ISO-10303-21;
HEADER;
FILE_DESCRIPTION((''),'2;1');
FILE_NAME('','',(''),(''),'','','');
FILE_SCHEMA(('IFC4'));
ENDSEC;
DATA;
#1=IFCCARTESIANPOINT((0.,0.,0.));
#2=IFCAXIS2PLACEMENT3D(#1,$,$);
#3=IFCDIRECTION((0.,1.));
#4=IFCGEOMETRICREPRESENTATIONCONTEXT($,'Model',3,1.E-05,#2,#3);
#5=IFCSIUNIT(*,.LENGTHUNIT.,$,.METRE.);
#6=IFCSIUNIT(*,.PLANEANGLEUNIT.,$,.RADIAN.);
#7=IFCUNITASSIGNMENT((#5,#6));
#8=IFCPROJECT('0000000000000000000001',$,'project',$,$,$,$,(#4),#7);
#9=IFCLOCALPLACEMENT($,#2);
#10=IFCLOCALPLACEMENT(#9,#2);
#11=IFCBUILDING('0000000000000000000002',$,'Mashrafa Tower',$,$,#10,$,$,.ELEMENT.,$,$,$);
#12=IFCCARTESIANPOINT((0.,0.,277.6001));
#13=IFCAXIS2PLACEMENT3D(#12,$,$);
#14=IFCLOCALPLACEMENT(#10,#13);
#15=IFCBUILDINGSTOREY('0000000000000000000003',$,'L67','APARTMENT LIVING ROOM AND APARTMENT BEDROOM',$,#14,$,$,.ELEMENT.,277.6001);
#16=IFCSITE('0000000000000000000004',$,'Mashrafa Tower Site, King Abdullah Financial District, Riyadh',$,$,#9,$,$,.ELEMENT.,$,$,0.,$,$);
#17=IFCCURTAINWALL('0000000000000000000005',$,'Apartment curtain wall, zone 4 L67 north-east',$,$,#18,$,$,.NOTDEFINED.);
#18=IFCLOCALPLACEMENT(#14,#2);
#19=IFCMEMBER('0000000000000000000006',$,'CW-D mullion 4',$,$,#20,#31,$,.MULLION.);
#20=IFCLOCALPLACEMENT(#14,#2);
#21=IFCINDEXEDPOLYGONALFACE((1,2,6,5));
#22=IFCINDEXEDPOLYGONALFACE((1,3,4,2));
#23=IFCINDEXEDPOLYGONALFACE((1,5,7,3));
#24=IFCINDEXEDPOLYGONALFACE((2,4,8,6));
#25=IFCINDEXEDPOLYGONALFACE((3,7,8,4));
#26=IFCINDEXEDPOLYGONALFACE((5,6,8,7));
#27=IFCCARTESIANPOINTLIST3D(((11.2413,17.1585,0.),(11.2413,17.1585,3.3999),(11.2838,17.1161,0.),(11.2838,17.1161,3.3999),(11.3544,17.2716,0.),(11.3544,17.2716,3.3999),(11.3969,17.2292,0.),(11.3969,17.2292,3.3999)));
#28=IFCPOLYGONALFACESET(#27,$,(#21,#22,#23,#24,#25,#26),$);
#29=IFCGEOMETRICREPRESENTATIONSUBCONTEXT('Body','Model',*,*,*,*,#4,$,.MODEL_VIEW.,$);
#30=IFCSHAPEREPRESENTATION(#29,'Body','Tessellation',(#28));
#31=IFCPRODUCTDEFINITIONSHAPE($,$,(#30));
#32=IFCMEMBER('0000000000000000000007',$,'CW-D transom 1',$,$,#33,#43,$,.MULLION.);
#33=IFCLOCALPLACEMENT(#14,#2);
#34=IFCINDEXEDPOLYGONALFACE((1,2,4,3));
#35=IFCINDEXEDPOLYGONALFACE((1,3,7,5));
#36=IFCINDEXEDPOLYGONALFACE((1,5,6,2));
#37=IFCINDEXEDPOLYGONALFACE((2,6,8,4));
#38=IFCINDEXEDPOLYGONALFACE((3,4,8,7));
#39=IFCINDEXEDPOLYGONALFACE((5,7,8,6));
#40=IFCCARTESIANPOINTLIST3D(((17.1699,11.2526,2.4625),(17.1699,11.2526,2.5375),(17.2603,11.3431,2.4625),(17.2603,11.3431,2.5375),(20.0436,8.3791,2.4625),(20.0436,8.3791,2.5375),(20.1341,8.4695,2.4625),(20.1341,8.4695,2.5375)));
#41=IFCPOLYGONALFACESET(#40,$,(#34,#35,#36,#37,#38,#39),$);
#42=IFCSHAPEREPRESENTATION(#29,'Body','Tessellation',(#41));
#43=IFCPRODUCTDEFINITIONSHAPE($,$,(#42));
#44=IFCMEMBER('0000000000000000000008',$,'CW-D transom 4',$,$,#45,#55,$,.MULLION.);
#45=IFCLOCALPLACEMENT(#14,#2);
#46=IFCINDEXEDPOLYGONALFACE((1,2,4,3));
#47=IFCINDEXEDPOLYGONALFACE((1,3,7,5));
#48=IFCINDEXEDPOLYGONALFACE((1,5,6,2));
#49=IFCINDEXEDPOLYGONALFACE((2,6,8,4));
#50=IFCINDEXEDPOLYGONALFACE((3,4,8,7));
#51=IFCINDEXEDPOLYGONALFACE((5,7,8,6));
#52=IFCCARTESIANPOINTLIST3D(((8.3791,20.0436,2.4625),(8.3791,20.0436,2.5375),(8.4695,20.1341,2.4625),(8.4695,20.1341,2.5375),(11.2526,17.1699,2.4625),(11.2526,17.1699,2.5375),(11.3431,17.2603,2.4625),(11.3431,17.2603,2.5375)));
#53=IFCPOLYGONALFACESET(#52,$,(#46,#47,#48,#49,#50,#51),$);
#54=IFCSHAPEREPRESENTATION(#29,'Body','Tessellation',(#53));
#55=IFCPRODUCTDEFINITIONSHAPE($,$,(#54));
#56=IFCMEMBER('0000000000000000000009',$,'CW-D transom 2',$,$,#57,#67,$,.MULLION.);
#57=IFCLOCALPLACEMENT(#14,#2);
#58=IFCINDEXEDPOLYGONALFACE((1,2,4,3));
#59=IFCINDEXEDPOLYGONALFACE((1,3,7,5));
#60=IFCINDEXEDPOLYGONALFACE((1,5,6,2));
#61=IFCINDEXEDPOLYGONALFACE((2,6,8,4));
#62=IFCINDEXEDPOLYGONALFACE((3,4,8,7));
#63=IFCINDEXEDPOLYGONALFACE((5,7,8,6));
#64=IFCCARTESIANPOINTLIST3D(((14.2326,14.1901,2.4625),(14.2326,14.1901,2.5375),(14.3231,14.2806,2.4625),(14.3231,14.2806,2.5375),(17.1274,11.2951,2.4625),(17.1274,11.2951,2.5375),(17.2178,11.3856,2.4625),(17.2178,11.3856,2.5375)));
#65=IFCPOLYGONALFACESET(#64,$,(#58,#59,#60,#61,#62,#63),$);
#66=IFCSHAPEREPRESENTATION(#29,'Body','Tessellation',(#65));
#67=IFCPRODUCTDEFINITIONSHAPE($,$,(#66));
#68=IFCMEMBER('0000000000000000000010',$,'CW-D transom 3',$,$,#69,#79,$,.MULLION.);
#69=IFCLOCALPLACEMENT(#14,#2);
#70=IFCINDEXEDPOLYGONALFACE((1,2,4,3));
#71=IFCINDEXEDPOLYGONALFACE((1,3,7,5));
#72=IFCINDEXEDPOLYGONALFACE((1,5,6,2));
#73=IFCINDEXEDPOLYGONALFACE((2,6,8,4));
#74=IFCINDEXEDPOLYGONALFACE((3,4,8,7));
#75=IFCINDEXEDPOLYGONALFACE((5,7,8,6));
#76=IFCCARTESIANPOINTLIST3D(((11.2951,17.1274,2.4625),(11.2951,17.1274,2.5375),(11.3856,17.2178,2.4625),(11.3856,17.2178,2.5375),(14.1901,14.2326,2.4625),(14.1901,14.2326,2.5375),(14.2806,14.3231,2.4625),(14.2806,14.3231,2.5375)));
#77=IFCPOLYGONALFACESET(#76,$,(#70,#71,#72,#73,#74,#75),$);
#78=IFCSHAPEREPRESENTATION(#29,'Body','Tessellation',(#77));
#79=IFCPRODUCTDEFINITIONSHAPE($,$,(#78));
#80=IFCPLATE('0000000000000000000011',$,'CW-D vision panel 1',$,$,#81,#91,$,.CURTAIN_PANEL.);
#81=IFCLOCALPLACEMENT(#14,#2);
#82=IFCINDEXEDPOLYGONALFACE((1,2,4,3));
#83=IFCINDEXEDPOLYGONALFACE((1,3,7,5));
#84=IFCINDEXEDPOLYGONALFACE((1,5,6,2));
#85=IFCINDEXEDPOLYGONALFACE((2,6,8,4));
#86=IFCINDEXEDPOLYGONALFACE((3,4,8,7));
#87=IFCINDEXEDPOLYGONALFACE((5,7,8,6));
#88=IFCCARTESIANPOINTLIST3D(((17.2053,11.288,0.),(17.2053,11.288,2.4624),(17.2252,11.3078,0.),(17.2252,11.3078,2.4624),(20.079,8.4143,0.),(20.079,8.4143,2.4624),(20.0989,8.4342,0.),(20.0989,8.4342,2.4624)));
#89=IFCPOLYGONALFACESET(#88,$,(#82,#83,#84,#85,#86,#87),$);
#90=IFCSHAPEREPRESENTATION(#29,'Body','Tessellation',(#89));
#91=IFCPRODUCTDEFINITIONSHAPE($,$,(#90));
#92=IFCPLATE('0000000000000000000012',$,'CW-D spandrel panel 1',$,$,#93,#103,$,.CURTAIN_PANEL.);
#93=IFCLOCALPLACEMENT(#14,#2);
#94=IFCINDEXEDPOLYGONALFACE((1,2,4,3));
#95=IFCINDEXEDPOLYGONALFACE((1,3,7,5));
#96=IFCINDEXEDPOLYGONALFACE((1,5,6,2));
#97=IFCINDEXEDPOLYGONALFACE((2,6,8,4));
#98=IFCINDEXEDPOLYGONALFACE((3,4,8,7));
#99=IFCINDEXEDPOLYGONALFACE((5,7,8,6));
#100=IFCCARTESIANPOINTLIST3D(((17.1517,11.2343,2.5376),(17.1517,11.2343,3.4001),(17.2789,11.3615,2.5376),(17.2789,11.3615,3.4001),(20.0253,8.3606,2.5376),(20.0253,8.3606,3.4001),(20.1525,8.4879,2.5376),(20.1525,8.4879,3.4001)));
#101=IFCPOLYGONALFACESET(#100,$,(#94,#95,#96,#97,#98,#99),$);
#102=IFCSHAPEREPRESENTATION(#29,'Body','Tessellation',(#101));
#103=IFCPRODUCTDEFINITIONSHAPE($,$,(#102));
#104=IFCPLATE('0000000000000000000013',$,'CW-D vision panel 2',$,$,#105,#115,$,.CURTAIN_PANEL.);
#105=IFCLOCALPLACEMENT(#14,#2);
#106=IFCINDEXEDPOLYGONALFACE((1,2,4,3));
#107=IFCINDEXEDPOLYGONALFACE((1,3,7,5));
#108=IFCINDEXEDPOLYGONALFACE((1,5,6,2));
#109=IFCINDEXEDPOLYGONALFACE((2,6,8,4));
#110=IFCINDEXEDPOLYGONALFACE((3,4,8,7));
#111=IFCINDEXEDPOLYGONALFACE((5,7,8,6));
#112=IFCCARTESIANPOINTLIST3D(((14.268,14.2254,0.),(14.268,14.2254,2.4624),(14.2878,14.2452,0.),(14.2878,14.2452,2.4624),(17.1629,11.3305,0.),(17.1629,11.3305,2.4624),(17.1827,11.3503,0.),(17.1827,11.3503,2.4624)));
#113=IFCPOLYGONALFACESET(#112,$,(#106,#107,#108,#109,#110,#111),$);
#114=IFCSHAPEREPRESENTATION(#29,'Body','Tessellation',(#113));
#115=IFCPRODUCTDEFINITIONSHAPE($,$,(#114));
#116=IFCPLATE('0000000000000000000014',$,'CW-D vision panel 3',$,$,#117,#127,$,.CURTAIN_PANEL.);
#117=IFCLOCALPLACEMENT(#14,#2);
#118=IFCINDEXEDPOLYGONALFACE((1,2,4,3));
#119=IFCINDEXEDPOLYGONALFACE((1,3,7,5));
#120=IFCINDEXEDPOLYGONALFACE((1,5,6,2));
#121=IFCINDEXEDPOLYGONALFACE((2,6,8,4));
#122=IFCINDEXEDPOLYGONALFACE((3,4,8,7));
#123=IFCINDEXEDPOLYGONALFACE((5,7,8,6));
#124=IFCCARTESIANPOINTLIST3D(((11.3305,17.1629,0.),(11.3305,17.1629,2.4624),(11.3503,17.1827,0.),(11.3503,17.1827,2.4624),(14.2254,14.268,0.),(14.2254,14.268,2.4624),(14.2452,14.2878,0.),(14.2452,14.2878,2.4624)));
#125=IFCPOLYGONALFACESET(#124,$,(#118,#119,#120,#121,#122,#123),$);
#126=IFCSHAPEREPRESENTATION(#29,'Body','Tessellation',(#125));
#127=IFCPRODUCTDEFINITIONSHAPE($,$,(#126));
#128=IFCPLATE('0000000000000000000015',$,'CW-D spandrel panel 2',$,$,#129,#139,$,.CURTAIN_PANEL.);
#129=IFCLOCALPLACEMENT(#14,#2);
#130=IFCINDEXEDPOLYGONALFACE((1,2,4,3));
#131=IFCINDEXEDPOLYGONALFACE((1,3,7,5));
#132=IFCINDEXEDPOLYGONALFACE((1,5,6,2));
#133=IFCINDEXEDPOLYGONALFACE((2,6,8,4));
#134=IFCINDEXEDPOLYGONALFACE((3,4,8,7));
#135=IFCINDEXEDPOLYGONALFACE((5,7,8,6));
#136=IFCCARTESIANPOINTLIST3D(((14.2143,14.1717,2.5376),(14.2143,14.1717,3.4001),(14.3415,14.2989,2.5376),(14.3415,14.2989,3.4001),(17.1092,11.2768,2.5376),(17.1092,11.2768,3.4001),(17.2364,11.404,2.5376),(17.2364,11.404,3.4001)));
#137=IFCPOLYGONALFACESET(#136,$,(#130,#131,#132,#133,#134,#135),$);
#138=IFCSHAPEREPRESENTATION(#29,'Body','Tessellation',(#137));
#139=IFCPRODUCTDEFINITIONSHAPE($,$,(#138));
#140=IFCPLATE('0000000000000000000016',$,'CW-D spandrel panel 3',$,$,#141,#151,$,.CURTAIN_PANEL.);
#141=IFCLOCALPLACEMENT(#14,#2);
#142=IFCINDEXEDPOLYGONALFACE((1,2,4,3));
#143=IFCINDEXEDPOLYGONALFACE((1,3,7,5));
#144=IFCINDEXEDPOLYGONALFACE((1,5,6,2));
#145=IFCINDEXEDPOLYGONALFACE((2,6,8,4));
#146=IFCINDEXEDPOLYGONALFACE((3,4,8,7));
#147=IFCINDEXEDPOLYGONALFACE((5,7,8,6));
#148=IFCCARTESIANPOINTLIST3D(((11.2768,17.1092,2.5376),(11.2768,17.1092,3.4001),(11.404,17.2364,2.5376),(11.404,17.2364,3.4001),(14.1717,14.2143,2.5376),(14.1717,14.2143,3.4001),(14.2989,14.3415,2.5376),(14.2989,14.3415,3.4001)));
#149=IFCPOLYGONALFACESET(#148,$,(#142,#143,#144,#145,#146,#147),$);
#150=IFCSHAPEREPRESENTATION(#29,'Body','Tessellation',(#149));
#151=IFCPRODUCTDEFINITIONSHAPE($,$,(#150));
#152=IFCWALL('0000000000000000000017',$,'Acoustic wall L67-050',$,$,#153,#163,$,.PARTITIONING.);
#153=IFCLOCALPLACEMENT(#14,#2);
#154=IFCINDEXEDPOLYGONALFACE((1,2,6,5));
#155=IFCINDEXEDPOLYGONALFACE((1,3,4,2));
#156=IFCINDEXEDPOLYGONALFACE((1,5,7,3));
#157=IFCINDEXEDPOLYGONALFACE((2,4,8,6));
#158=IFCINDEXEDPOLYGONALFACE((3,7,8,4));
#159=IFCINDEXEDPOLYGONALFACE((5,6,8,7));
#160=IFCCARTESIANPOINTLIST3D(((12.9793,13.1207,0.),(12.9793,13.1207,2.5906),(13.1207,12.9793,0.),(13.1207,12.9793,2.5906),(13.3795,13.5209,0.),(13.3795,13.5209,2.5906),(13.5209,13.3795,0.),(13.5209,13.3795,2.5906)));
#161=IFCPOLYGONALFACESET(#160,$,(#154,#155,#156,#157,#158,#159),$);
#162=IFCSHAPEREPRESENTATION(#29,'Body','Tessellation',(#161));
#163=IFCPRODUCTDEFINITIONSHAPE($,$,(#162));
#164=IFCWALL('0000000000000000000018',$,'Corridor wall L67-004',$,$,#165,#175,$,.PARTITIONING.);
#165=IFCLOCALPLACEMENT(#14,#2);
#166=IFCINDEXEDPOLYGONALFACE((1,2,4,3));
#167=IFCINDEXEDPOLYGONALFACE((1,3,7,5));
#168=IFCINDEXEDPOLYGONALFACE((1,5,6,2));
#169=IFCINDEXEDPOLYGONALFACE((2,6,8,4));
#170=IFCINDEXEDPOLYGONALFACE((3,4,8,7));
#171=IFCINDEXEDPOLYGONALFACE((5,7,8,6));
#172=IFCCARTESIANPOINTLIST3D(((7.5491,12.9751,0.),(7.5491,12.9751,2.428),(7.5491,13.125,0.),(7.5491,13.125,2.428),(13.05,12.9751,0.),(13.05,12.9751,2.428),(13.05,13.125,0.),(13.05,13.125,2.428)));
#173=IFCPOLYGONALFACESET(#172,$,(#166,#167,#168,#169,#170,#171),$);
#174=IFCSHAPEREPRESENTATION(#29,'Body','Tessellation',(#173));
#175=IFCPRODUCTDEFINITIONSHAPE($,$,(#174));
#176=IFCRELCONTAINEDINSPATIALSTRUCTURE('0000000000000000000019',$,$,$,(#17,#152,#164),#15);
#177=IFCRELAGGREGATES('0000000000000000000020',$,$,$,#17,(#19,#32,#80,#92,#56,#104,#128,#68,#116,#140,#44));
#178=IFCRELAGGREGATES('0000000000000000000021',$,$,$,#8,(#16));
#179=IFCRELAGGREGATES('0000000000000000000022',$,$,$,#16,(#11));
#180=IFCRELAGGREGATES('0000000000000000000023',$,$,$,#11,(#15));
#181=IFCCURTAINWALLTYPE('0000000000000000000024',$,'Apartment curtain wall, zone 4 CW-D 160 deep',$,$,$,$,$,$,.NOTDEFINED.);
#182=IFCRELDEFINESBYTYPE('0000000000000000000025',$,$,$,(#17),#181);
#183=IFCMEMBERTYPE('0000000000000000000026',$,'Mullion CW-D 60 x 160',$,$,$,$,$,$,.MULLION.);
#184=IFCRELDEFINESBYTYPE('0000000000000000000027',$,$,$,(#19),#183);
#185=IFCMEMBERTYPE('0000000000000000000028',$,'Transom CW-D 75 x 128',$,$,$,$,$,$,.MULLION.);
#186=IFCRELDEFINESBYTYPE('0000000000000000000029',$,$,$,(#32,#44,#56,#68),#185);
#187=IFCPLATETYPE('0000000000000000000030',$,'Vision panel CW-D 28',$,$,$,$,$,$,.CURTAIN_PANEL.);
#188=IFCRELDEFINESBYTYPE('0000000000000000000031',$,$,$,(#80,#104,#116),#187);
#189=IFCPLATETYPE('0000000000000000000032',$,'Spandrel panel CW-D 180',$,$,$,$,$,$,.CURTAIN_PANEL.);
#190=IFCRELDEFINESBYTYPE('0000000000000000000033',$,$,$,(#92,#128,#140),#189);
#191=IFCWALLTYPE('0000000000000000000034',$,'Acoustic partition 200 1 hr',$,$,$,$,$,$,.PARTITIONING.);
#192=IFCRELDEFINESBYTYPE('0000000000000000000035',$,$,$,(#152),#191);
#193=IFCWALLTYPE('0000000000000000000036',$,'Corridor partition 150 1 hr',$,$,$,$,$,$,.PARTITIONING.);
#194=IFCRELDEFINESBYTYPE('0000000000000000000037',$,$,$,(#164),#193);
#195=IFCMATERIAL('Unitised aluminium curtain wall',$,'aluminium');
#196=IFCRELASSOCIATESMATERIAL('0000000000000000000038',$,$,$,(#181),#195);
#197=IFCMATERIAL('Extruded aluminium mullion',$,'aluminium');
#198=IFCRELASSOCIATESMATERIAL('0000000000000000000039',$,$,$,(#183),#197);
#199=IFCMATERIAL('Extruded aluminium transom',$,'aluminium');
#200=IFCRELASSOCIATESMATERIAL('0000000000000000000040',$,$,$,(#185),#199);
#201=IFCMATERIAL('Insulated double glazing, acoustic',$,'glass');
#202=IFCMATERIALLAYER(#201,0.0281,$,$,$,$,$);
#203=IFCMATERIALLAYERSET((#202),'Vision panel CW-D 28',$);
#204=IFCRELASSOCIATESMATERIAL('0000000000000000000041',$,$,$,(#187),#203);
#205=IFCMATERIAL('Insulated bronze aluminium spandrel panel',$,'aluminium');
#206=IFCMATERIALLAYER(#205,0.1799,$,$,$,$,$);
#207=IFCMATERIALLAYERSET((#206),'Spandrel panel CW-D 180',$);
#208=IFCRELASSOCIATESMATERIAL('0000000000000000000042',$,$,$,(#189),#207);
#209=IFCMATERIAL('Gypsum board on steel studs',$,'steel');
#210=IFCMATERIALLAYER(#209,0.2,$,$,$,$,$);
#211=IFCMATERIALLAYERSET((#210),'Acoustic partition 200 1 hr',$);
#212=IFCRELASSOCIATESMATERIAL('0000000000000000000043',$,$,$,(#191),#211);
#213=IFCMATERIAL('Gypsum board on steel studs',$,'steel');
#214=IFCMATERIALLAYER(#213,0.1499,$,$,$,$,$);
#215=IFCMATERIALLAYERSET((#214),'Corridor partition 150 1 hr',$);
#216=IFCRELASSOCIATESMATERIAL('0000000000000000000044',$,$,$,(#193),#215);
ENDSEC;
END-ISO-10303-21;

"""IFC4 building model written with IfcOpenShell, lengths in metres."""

from ifc_helpers import new_model, si_unit, direction, frame, frame_2d, origin, origin_2d, place, context, subcontext, project, spatial, rectangle, extrude, source, transform, mapped, material, layer, layer_set, material_profile, profile_set, type_object, type_shapes, element, aggregate, save


model = new_model("IFC4")

# Units and contexts
model_context = context("Model", 3, precision=1e-05, world=origin(), true_north=direction((0.0, 1.0)))
body_context = subcontext(model_context, "Body", "Model", "MODEL_VIEW")
ifc_project = project(units=[si_unit("LENGTHUNIT", "METRE"), si_unit("PLANEANGLEUNIT", "RADIAN")], contexts=[model_context])

# Site, building, storey
site_placement = place(None, origin())
site = spatial("IfcSite", under=ifc_project, at=site_placement, Name="Mashrafa Tower Site, King Abdullah Financial District, Riyadh", CompositionType="ELEMENT", RefElevation=0.0)
building_placement = place(site_placement, origin())
building = spatial("IfcBuilding", under=site, at=building_placement, Name="Mashrafa Tower", CompositionType="ELEMENT")
storey_placement = place(building_placement, frame((0.0, 0.0, 277.6001)))
storey = spatial("IfcBuildingStorey", under=building, at=storey_placement, Name="L67", Description="APARTMENT LIVING ROOM AND APARTMENT BEDROOM", CompositionType="ELEMENT", Elevation=277.6001)

# Curtain wall, members, plates
ifc_material_1 = material(Name="Unitised aluminium curtain wall", Category="aluminium")
curtain_wall_type = type_object("IfcCurtainWallType", Name="Apartment curtain wall, zone 4 CW-D 160 deep", PredefinedType="NOTDEFINED", material=ifc_material_1)
curtain_wall_placement = place(storey_placement, origin())
curtain_wall = element("IfcCurtainWall", 1, at=curtain_wall_placement, inside=storey, type_object=curtain_wall_type, Name="Apartment curtain wall, zone 4 L67 north-east", PredefinedType="NOTDEFINED")
ifc_material_2 = material(Name="Extruded aluminium mullion", Category="aluminium")
ifc_material_profile_1 = material_profile(ifc_material_2, rectangle(XDim=0.1599, YDim=0.0601, at=origin_2d()), Name="Mullion 60x160")
ifc_profile_set_1 = profile_set([ifc_material_profile_1], Name="Extruded aluminium mullion")
member_type_1 = type_object("IfcMemberType", Name="Mullion CW-D 60 x 160", PredefinedType="MULLION", material=ifc_profile_set_1)
shared_shape_1 = source(origin(), body_context, "Body", "SweptSolid", [
    extrude(rectangle(XDim=0.1599, YDim=0.0601, at=origin_2d()), origin(), (0.0, 0.0, 1.0), 3.3999),
])
type_shapes(member_type_1, [shared_shape_1])
member_1_placement = place(storey_placement, frame((11.3191, 17.1938, 0.0), z_axis=(0.0, 0.0, 1.0), x_axis=(-0.707107, -0.707107, 0.0)))
member_1 = element("IfcMember", 2, at=member_1_placement, type_object=member_type_1, Name="CW-D mullion 4", PredefinedType="MULLION", context=body_context, shape_type="MappedRepresentation", body=[
    mapped(shared_shape_1, transform((0.0, 0.0, 0.0))),
])
ifc_material_3 = material(Name="Extruded aluminium transom", Category="aluminium")
ifc_material_profile_2 = material_profile(ifc_material_3, rectangle(XDim=0.1279, YDim=0.075, at=origin_2d()), Name="Transom 75x128")
ifc_profile_set_2 = profile_set([ifc_material_profile_2], Name="Extruded aluminium transom")
member_type_2 = type_object("IfcMemberType", Name="Transom CW-D 75 x 128", PredefinedType="MULLION", material=ifc_profile_set_2)
shared_shape_2 = source(origin(), body_context, "Body", "SweptSolid", [
    extrude(rectangle(XDim=0.1279, YDim=0.075, at=origin_2d()), origin(), (0.0, 0.0, 1.0), 4.064),
])
member_2_placement = place(storey_placement, frame((20.0889, 8.4243, 2.5), z_axis=(-0.707137, 0.707077, 0.0), x_axis=(-0.707077, -0.707137, 0.0)))
member_2 = element("IfcMember", 3, at=member_2_placement, type_object=member_type_2, Name="CW-D transom 1", PredefinedType="MULLION", context=body_context, shape_type="MappedRepresentation", body=[
    mapped(shared_shape_2, transform((0.0, 0.0, 0.0))),
])
member_3_placement = place(storey_placement, frame((11.2979, 17.2151, 2.5), z_axis=(-0.707077, 0.707137, 0.0), x_axis=(-0.707137, -0.707077, 0.0)))
member_3 = element("IfcMember", 4, at=member_3_placement, type_object=member_type_2, Name="CW-D transom 4", PredefinedType="MULLION", context=body_context, shape_type="MappedRepresentation", body=[
    mapped(shared_shape_2, transform((0.0, 0.0, 0.0))),
])
shared_shape_3 = source(origin(), body_context, "Body", "SweptSolid", [
    extrude(rectangle(XDim=0.1279, YDim=0.075, at=origin_2d()), origin(), (0.0, 0.0, 1.0), 4.094),
])
type_shapes(member_type_2, [shared_shape_2, shared_shape_3])
member_4_placement = place(storey_placement, frame((17.1726, 11.3403, 2.5), z_axis=(-0.707077, 0.707137, 0.0), x_axis=(-0.707137, -0.707077, 0.0)))
member_4 = element("IfcMember", 5, at=member_4_placement, type_object=member_type_2, Name="CW-D transom 2", PredefinedType="MULLION", context=body_context, shape_type="MappedRepresentation", body=[
    mapped(shared_shape_3, transform((0.0, 0.0, 0.0))),
])
member_5_placement = place(storey_placement, frame((14.2354, 14.2778, 2.5), z_axis=(-0.707137, 0.707077, 0.0), x_axis=(-0.707077, -0.707137, 0.0)))
member_5 = element("IfcMember", 6, at=member_5_placement, type_object=member_type_2, Name="CW-D transom 3", PredefinedType="MULLION", context=body_context, shape_type="MappedRepresentation", body=[
    mapped(shared_shape_3, transform((0.0, 0.0, 0.0))),
])
ifc_material_4 = material(Name="Insulated double glazing, acoustic", Category="glass")
ifc_layer_1 = layer(ifc_material_4, 0.0281)
ifc_layer_set_1 = layer_set([ifc_layer_1], Name="Vision panel CW-D 28")
plate_type_1 = type_object("IfcPlateType", Name="Vision panel CW-D 28", PredefinedType="CURTAIN_PANEL", material=ifc_layer_set_1)
shared_shape_4 = source(origin(), body_context, "Body", "SweptSolid", [
    extrude(rectangle(XDim=4.064, YDim=0.0281, at=origin_2d()), origin(), (0.0, 0.0, 1.0), 2.4624),
])
plate_1_placement = place(storey_placement, frame((18.6521, 9.8611, 0.0), z_axis=(0.0, 0.0, 1.0), x_axis=(-0.707107, 0.707107, 0.0)))
plate_1 = element("IfcPlate", 7, at=plate_1_placement, type_object=plate_type_1, Name="CW-D vision panel 1", PredefinedType="CURTAIN_PANEL", context=body_context, shape_type="MappedRepresentation", body=[
    mapped(shared_shape_4, transform((0.0, 0.0, 0.0))),
])
ifc_material_5 = material(Name="Insulated bronze aluminium spandrel panel", Category="aluminium")
ifc_layer_2 = layer(ifc_material_5, 0.1799)
ifc_layer_set_2 = layer_set([ifc_layer_2], Name="Spandrel panel CW-D 180")
plate_type_2 = type_object("IfcPlateType", Name="Spandrel panel CW-D 180", PredefinedType="CURTAIN_PANEL", material=ifc_layer_set_2)
shared_shape_5 = source(origin(), body_context, "Body", "SweptSolid", [
    extrude(rectangle(XDim=4.064, YDim=0.1799, at=origin_2d()), origin(), (0.0, 0.0, 1.0), 0.8625),
])
plate_2_placement = place(storey_placement, frame((18.6521, 9.8611, 2.5376), z_axis=(0.0, 0.0, 1.0), x_axis=(-0.707107, 0.707107, 0.0)))
plate_2 = element("IfcPlate", 8, at=plate_2_placement, type_object=plate_type_2, Name="CW-D spandrel panel 1", PredefinedType="CURTAIN_PANEL", context=body_context, shape_type="MappedRepresentation", body=[
    mapped(shared_shape_5, transform((0.0, 0.0, 0.0))),
])
shared_shape_6 = source(origin(), body_context, "Body", "SweptSolid", [
    extrude(rectangle(XDim=4.094, YDim=0.0281, at=origin_2d()), origin(), (0.0, 0.0, 1.0), 2.4624),
])
type_shapes(plate_type_1, [shared_shape_4, shared_shape_6])
plate_3_placement = place(storey_placement, frame((15.7253, 12.7878, 0.0), z_axis=(0.0, 0.0, 1.0), x_axis=(-0.707107, 0.707107, 0.0)))
plate_3 = element("IfcPlate", 9, at=plate_3_placement, type_object=plate_type_1, Name="CW-D vision panel 2", PredefinedType="CURTAIN_PANEL", context=body_context, shape_type="MappedRepresentation", body=[
    mapped(shared_shape_6, transform((0.0, 0.0, 0.0))),
])
plate_4_placement = place(storey_placement, frame((12.7878, 15.7253, 0.0), z_axis=(0.0, 0.0, 1.0), x_axis=(-0.707107, 0.707107, 0.0)))
plate_4 = element("IfcPlate", 10, at=plate_4_placement, type_object=plate_type_1, Name="CW-D vision panel 3", PredefinedType="CURTAIN_PANEL", context=body_context, shape_type="MappedRepresentation", body=[
    mapped(shared_shape_6, transform((0.0, 0.0, 0.0))),
])
shared_shape_7 = source(origin(), body_context, "Body", "SweptSolid", [
    extrude(rectangle(XDim=4.094, YDim=0.1799, at=origin_2d()), origin(), (0.0, 0.0, 1.0), 0.8625),
])
type_shapes(plate_type_2, [shared_shape_5, shared_shape_7])
plate_5_placement = place(storey_placement, frame((15.7253, 12.7878, 2.5376), z_axis=(0.0, 0.0, 1.0), x_axis=(-0.707107, 0.707107, 0.0)))
plate_5 = element("IfcPlate", 11, at=plate_5_placement, type_object=plate_type_2, Name="CW-D spandrel panel 2", PredefinedType="CURTAIN_PANEL", context=body_context, shape_type="MappedRepresentation", body=[
    mapped(shared_shape_7, transform((0.0, 0.0, 0.0))),
])
plate_6_placement = place(storey_placement, frame((12.7878, 15.7253, 2.5376), z_axis=(0.0, 0.0, 1.0), x_axis=(-0.707107, 0.707107, 0.0)))
plate_6 = element("IfcPlate", 12, at=plate_6_placement, type_object=plate_type_2, Name="CW-D spandrel panel 3", PredefinedType="CURTAIN_PANEL", context=body_context, shape_type="MappedRepresentation", body=[
    mapped(shared_shape_7, transform((0.0, 0.0, 0.0))),
])
aggregate(curtain_wall, [member_1, member_2, plate_1, plate_2, member_4, plate_3, plate_5, member_5, plate_4, plate_6, member_3])

# Walls
ifc_material_6 = material(Name="Gypsum board on steel studs", Category="steel")
ifc_layer_3 = layer(ifc_material_6, 0.2)
ifc_layer_set_3 = layer_set([ifc_layer_3], Name="Acoustic partition 200 1 hr")
wall_type_1 = type_object("IfcWallType", Name="Acoustic partition 200 1 hr", PredefinedType="PARTITIONING", material=ifc_layer_set_3)
wall_1_placement = place(storey_placement, frame((13.4502, 13.4502, 0.0), z_axis=(0.0, 0.0, 1.0), x_axis=(-0.707107, -0.707107, 0.0)))
element("IfcWall", 13, at=wall_1_placement, inside=storey, type_object=wall_type_1, Name="Acoustic wall L67-050", PredefinedType="PARTITIONING", context=body_context, shape_type="SweptSolid", body=[
    extrude(rectangle(XDim=0.5659, YDim=0.2, at=frame_2d((0.283, 0.0))), origin(), (0.0, 0.0, 1.0), 2.5906),
])
ifc_material_7 = material(Name="Gypsum board on steel studs", Category="steel")
ifc_layer_4 = layer(ifc_material_7, 0.1499)
ifc_layer_set_4 = layer_set([ifc_layer_4], Name="Corridor partition 150 1 hr")
wall_type_2 = type_object("IfcWallType", Name="Corridor partition 150 1 hr", PredefinedType="PARTITIONING", material=ifc_layer_set_4)
wall_2_placement = place(storey_placement, frame((13.05, 13.05, 0.0), z_axis=(0.0, 0.0, 1.0), x_axis=(-1.0, 0.0, 0.0)))
element("IfcWall", 14, at=wall_2_placement, inside=storey, type_object=wall_type_2, Name="Corridor wall L67-004", PredefinedType="PARTITIONING", context=body_context, shape_type="SweptSolid", body=[
    extrude(rectangle(XDim=5.501, YDim=0.1499, at=frame_2d((2.7505, 0.0))), origin(), (0.0, 0.0, 1.0), 2.428),
])

save(model, "model.ifc")
